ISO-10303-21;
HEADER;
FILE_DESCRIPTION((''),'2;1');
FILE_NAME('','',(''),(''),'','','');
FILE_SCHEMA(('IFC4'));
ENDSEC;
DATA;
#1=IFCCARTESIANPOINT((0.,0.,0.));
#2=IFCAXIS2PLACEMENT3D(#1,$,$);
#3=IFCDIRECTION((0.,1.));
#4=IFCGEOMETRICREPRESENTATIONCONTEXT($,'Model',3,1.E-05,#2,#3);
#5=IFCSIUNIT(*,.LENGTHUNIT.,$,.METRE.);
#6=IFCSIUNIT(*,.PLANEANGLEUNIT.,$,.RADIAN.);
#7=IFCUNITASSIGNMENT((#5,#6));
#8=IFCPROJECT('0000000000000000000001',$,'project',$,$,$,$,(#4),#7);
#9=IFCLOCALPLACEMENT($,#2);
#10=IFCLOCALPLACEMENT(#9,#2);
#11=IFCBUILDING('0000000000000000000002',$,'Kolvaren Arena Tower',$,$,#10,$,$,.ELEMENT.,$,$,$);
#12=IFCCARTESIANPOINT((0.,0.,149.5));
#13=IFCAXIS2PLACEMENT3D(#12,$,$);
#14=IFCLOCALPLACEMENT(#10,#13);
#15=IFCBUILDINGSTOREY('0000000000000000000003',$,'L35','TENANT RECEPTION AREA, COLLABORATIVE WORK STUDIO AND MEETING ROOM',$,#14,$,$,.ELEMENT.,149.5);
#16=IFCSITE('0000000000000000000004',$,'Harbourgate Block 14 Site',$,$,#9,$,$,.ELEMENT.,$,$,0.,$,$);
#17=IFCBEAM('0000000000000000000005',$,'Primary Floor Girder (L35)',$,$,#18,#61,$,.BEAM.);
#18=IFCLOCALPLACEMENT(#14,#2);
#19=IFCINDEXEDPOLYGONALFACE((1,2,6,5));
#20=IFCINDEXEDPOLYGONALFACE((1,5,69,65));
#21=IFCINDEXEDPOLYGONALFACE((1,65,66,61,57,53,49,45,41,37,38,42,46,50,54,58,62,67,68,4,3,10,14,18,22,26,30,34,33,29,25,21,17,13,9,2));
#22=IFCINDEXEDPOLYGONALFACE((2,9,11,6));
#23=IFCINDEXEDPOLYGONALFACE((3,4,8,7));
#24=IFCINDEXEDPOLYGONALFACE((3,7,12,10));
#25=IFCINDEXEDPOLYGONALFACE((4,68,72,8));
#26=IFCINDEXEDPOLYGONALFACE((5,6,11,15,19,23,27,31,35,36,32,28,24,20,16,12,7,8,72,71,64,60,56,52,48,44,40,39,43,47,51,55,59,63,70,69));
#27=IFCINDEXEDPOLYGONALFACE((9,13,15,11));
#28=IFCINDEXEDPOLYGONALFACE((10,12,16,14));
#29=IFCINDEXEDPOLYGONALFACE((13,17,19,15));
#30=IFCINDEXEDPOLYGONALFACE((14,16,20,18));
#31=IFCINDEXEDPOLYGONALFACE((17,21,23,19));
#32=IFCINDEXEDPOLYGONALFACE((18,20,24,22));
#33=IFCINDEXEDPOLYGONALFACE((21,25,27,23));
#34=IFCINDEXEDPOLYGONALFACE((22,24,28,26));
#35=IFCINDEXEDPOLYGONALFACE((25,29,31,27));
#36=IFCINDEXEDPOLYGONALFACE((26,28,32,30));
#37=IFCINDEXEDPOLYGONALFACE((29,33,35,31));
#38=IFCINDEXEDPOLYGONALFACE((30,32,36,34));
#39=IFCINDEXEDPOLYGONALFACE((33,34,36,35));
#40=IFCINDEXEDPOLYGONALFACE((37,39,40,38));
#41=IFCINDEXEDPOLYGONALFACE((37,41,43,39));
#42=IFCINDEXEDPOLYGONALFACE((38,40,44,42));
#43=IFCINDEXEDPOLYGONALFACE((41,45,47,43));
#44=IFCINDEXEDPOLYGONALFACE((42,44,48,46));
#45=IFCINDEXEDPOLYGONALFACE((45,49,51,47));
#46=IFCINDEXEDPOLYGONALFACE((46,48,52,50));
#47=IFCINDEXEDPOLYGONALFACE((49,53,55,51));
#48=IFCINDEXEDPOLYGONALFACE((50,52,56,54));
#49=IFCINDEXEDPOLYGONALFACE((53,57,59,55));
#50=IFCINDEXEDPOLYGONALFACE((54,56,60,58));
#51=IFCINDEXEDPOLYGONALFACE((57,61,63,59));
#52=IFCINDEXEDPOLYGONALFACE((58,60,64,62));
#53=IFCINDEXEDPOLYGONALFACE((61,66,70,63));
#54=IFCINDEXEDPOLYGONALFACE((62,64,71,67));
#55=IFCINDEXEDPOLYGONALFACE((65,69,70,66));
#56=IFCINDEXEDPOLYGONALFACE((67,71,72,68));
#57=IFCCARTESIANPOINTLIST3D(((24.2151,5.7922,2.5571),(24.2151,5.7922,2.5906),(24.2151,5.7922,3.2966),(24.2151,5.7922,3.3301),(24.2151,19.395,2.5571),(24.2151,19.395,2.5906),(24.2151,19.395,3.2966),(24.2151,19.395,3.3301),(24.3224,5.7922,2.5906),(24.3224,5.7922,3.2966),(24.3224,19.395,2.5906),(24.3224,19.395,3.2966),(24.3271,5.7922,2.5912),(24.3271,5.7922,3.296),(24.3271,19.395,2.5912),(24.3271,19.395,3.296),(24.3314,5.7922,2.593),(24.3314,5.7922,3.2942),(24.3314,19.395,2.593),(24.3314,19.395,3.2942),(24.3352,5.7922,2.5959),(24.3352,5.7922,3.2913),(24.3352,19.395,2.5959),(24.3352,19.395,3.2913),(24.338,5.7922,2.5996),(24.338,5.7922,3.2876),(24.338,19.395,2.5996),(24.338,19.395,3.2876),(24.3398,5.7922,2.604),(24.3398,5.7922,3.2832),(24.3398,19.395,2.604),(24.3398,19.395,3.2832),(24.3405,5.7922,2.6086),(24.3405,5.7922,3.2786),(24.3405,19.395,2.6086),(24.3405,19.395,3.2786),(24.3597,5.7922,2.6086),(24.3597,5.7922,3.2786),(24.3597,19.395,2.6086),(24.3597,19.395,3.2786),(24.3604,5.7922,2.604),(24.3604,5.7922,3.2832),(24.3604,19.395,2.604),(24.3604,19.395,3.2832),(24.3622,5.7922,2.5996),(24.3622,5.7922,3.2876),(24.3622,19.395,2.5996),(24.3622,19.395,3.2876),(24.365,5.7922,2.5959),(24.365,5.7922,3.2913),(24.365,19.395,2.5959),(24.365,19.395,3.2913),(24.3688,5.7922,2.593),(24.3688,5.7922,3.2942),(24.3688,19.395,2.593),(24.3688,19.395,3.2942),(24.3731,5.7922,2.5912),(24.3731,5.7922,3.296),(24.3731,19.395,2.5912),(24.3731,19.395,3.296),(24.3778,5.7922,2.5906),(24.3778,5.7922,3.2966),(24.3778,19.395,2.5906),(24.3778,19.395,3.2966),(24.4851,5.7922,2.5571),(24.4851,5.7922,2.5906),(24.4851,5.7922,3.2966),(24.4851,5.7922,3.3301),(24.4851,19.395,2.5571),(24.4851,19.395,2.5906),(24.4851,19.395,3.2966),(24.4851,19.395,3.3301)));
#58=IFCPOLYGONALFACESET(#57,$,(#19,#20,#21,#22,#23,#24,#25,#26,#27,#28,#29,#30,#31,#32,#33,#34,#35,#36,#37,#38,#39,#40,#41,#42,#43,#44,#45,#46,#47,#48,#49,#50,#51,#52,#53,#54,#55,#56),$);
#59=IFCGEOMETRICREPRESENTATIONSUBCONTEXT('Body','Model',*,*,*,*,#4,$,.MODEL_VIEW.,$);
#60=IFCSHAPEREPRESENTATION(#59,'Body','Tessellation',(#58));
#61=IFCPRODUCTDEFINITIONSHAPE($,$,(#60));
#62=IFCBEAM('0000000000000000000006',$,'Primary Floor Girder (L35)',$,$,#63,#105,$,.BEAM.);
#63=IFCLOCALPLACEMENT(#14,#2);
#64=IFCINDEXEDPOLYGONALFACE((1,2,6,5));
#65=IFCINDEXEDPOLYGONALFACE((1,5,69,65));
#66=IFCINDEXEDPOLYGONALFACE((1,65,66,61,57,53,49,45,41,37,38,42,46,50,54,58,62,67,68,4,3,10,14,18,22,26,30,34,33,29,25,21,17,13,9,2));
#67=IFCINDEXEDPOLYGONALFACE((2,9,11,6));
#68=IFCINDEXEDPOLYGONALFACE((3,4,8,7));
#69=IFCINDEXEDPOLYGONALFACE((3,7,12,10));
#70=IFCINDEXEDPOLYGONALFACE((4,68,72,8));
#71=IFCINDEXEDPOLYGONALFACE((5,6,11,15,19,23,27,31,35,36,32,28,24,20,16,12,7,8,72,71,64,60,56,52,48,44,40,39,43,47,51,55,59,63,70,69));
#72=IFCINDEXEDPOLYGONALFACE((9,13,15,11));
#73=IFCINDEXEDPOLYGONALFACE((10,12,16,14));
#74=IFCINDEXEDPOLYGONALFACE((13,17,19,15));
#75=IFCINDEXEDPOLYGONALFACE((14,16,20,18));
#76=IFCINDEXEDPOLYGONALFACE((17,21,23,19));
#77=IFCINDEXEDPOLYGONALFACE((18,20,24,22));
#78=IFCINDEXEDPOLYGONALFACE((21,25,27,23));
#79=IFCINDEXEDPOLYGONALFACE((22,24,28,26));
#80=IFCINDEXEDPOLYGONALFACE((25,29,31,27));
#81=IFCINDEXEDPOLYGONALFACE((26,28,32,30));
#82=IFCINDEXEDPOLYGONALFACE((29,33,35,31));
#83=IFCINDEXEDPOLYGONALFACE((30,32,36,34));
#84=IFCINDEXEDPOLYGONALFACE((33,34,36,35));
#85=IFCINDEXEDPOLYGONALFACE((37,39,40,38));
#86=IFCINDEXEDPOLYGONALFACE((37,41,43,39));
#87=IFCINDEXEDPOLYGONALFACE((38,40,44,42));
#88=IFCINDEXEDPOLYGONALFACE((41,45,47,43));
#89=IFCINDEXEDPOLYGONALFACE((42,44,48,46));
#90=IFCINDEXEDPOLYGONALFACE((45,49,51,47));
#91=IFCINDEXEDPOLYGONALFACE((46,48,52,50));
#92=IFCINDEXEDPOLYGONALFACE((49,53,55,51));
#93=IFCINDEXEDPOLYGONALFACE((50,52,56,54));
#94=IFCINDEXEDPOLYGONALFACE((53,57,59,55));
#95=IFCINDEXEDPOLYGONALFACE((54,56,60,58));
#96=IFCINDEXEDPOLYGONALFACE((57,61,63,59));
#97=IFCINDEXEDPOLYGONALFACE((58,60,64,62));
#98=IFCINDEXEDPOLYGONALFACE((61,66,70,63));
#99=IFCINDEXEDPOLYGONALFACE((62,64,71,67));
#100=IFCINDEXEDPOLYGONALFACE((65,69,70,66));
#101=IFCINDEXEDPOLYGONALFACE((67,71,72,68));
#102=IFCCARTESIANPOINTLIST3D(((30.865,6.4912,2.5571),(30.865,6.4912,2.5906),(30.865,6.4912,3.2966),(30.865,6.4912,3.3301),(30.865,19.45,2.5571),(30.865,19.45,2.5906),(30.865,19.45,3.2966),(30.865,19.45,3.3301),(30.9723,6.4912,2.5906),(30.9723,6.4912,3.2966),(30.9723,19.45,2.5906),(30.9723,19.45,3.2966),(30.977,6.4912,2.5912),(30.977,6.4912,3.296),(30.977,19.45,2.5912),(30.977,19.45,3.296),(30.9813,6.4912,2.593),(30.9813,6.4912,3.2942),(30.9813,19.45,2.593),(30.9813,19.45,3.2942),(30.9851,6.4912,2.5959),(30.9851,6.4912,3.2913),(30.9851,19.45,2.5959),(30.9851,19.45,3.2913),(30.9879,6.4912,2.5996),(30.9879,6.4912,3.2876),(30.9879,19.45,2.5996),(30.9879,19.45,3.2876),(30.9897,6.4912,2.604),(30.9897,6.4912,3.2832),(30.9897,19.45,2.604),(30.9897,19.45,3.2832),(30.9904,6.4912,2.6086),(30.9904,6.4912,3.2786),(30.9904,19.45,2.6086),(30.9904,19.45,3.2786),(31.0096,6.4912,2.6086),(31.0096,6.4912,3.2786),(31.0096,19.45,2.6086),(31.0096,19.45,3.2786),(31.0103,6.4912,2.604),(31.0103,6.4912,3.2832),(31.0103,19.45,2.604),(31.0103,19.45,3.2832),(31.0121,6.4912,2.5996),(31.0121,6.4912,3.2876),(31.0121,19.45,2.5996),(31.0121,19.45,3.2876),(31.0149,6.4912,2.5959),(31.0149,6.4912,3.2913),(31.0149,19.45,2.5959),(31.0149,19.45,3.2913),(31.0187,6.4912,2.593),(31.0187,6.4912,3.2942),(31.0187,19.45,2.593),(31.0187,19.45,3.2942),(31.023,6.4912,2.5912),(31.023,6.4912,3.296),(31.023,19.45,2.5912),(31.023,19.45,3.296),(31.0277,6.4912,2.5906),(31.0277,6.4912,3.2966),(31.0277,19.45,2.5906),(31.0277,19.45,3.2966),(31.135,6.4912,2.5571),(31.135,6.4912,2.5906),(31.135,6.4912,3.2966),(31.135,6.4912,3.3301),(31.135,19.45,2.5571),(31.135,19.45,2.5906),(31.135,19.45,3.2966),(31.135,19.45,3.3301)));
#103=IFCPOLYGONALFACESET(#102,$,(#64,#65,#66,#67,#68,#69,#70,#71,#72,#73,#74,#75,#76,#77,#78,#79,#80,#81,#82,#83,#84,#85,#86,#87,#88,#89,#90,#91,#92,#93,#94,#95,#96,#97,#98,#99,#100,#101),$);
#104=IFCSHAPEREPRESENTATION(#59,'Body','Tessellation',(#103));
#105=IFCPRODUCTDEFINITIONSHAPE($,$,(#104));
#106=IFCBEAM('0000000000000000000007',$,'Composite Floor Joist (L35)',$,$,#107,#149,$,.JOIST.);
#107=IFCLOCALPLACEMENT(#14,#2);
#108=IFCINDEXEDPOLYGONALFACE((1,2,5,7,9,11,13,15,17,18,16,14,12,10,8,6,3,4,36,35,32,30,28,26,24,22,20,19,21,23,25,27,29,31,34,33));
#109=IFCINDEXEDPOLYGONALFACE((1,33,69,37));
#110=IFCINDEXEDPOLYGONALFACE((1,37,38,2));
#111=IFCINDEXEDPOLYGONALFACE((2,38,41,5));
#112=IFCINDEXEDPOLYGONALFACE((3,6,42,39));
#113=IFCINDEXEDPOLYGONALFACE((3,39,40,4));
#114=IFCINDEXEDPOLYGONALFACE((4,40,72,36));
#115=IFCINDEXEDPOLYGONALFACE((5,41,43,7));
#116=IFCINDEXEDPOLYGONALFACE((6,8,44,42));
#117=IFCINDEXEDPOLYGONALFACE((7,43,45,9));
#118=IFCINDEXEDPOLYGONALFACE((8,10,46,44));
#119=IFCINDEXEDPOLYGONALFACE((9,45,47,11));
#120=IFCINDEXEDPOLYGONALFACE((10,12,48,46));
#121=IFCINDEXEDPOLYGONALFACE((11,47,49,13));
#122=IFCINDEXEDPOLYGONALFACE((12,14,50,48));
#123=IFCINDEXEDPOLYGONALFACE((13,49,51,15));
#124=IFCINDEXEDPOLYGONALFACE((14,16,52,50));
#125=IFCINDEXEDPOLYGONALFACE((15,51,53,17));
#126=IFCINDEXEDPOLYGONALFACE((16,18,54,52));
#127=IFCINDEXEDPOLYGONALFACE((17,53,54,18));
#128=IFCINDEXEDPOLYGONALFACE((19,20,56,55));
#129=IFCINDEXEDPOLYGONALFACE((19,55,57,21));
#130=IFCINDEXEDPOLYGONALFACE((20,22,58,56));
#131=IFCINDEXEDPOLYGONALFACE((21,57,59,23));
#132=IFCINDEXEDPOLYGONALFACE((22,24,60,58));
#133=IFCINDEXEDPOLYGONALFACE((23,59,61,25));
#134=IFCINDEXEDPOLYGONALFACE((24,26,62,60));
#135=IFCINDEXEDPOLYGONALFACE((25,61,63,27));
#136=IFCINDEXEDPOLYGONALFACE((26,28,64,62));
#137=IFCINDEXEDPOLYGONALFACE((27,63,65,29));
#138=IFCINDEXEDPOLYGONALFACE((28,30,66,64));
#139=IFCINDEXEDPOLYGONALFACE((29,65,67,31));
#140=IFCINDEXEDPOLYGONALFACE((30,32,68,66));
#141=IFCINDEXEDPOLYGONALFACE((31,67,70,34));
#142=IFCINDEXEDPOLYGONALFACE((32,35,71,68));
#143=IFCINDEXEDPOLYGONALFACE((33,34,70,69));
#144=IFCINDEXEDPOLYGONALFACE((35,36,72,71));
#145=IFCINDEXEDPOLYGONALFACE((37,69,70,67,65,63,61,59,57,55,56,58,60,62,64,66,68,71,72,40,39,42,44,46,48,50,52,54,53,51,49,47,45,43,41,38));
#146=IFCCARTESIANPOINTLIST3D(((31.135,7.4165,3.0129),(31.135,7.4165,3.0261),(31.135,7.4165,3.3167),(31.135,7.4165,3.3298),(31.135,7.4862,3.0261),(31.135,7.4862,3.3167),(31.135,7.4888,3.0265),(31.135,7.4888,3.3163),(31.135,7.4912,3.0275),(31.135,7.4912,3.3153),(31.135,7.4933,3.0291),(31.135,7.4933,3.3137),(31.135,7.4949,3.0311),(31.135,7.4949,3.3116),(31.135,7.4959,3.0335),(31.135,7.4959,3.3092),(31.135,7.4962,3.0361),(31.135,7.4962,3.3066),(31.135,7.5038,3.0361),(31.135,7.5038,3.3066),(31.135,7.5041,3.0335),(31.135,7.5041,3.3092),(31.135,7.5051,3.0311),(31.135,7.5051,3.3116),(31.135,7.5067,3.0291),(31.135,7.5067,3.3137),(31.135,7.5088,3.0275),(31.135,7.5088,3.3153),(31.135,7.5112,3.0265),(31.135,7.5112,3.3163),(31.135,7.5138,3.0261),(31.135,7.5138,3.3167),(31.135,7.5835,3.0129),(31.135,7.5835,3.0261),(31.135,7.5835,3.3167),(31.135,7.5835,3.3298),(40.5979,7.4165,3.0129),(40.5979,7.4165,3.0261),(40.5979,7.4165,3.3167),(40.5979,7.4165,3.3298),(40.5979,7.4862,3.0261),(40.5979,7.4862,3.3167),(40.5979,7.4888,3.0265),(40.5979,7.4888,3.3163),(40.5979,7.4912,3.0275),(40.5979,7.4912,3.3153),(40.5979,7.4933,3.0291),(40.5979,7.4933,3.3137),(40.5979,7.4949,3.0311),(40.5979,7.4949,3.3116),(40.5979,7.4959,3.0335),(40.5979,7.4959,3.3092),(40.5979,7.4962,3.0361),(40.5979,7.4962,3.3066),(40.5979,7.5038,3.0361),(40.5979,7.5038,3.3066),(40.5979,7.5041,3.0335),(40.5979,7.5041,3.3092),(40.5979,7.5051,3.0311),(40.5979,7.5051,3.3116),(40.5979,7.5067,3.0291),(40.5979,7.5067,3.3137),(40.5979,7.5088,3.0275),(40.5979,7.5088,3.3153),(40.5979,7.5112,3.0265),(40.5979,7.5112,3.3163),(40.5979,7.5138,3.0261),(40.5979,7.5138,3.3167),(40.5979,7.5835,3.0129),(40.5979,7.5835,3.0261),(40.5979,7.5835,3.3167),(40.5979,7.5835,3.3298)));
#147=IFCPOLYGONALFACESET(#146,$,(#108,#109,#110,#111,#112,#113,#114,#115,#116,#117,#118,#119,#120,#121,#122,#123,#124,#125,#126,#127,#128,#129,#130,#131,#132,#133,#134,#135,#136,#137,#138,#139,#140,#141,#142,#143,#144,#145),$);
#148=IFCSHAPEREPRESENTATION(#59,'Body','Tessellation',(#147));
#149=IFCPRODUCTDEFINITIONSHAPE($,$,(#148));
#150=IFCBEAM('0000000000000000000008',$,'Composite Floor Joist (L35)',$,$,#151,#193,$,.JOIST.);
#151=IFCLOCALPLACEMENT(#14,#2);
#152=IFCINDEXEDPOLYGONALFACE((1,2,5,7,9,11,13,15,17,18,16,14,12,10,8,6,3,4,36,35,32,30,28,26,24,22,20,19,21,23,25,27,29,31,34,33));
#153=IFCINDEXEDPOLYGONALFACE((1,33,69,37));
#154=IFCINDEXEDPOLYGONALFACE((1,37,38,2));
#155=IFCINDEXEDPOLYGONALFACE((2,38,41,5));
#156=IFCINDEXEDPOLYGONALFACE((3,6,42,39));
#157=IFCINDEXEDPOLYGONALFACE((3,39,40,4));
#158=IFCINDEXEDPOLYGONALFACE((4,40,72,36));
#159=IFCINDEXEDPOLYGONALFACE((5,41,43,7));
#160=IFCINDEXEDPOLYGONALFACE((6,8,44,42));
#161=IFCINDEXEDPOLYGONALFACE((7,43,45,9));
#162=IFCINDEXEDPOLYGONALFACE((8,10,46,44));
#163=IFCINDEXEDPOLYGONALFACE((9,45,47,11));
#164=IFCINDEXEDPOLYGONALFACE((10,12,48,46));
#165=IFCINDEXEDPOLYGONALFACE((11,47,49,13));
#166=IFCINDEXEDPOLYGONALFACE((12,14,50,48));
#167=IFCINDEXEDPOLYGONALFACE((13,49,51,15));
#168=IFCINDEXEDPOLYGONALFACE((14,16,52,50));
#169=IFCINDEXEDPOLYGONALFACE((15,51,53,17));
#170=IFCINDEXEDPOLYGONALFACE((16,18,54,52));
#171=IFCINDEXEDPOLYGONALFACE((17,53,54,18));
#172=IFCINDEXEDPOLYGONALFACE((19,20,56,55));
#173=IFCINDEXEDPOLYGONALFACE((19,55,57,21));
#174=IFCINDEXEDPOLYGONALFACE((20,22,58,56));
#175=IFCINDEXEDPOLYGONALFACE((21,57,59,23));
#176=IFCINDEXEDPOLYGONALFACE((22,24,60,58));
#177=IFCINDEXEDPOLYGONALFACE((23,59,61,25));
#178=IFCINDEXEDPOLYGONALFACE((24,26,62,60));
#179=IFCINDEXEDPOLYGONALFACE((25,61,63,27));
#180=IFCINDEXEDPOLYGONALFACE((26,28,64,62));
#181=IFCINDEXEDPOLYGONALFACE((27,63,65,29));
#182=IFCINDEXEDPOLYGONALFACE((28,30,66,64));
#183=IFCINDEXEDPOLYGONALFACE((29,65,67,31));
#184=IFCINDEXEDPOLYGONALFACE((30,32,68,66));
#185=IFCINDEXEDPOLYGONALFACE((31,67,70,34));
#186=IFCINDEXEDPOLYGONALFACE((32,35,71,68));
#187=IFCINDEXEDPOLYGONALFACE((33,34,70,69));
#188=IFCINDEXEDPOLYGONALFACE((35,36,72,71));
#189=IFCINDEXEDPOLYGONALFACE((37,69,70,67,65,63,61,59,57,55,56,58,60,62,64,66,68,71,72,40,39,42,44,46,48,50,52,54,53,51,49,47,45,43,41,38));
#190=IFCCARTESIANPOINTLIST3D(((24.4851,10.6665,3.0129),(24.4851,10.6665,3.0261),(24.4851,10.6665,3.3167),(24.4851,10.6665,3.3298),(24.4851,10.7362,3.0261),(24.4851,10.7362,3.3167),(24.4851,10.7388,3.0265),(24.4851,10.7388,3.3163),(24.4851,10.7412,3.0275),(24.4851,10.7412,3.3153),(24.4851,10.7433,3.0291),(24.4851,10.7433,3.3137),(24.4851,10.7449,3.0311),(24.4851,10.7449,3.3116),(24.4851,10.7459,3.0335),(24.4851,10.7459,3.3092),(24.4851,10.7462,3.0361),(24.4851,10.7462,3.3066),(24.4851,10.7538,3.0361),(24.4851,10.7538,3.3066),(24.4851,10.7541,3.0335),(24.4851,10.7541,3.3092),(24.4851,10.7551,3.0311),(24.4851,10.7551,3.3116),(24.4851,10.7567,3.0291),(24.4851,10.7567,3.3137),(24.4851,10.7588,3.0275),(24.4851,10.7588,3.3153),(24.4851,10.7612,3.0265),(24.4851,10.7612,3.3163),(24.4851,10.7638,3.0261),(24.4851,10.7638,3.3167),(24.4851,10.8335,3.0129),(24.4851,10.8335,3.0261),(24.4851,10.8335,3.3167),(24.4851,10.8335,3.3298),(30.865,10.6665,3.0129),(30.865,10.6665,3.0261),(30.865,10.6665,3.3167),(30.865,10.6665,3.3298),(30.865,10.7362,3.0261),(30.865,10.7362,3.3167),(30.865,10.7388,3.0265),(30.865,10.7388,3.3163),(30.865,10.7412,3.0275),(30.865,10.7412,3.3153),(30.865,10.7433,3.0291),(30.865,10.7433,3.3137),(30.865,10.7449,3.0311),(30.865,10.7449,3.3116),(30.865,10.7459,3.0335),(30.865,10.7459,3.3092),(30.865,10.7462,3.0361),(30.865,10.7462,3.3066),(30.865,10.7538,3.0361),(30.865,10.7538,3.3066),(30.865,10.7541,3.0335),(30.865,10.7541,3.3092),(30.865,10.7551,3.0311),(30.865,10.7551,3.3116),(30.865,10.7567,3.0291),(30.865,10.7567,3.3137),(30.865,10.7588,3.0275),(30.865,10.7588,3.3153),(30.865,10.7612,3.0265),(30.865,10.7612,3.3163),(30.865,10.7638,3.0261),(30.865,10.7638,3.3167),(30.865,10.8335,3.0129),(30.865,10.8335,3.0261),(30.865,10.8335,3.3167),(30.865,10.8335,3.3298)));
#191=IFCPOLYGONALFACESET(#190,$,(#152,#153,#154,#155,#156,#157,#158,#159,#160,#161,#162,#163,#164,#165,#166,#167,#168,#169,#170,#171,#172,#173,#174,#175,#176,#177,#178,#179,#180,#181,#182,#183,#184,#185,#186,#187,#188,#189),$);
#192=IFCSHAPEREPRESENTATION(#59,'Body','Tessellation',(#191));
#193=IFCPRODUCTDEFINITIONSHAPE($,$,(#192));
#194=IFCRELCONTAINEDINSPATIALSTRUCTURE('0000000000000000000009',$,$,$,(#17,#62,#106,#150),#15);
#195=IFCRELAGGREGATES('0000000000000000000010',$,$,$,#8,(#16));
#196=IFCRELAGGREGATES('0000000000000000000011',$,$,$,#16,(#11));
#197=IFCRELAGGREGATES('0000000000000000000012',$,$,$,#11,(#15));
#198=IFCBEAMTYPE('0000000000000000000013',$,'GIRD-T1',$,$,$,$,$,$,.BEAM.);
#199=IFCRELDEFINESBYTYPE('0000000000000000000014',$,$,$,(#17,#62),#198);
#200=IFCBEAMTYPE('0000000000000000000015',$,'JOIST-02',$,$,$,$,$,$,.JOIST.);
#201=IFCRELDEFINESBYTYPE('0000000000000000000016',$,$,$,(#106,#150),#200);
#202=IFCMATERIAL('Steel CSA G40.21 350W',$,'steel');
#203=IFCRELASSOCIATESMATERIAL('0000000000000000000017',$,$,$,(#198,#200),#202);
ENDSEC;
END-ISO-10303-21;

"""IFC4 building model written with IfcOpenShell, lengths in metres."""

from ifc_helpers import new_model, si_unit, direction, frame, origin, origin_2d, place, context, subcontext, project, spatial, i_section, extrude, material, material_profile, profile_set, type_object, element, save


model = new_model("IFC4")

# Units and contexts
model_context = context("Model", 3, precision=1e-05, world=origin(), true_north=direction((0.0, 1.0)))
body_context = subcontext(model_context, "Body", "Model", "MODEL_VIEW")
ifc_project = project(units=[si_unit("LENGTHUNIT", "METRE"), si_unit("PLANEANGLEUNIT", "RADIAN")], contexts=[model_context])

# Site, building, storey
site_placement = place(None, origin())
site = spatial("IfcSite", under=ifc_project, at=site_placement, Name="Harbourgate Block 14 Site", CompositionType="ELEMENT", RefElevation=0.0)
building_placement = place(site_placement, origin())
building = spatial("IfcBuilding", under=site, at=building_placement, Name="Kolvaren Arena Tower", CompositionType="ELEMENT")
storey_placement = place(building_placement, frame((0.0, 0.0, 149.5)))
storey = spatial("IfcBuildingStorey", under=building, at=storey_placement, Name="L35", Description="TENANT RECEPTION AREA, COLLABORATIVE WORK STUDIO AND MEETING ROOM", CompositionType="ELEMENT", Elevation=149.5)

# Beams
ifc_material_1 = material(Name="Steel CSA G40.21 350W", Category="steel")
ifc_material_profile_1 = material_profile(ifc_material_1, i_section(OverallWidth=0.27, OverallDepth=0.7729, WebThickness=0.0193, FlangeThickness=0.0334, FilletRadius=0.0181, at=origin_2d()), Name="W760x257")
ifc_profile_set_1 = profile_set([ifc_material_profile_1], Name="Steel CSA G40.21 350W")
beam_type_1 = type_object("IfcBeamType", Name="GIRD-T1", PredefinedType="BEAM", material=ifc_profile_set_1)
beam_1_placement = place(storey_placement, frame((24.3501, 5.7922, 2.9436), z_axis=(0.0, 1.0, 0.0), x_axis=(-1.0, 0.0, 0.0)))
element("IfcBeam", 1, at=beam_1_placement, inside=storey, type_object=beam_type_1, Name="Primary Floor Girder (L35)", PredefinedType="BEAM", context=body_context, shape_type="SweptSolid", body=[
    extrude(i_section(OverallWidth=0.27, OverallDepth=0.7729, WebThickness=0.0193, FlangeThickness=0.0334, FilletRadius=0.0181, at=origin_2d()), origin(), (0.0, 0.0, 1.0), 13.6028),
])
beam_2_placement = place(storey_placement, frame((31.0, 6.4912, 2.9436), z_axis=(0.0, 1.0, 0.0), x_axis=(-1.0, 0.0, 0.0)))
element("IfcBeam", 2, at=beam_2_placement, inside=storey, type_object=beam_type_1, Name="Primary Floor Girder (L35)", PredefinedType="BEAM", context=body_context, shape_type="SweptSolid", body=[
    extrude(i_section(OverallWidth=0.27, OverallDepth=0.7729, WebThickness=0.0193, FlangeThickness=0.0334, FilletRadius=0.0181, at=origin_2d()), origin(), (0.0, 0.0, 1.0), 12.9587),
])
ifc_material_profile_2 = material_profile(ifc_material_1, i_section(OverallWidth=0.167, OverallDepth=0.3169, WebThickness=0.0076, FlangeThickness=0.0132, FilletRadius=0.01, at=origin_2d()), Name="W310x52")
ifc_profile_set_2 = profile_set([ifc_material_profile_2], Name="Steel CSA G40.21 350W")
beam_type_2 = type_object("IfcBeamType", Name="JOIST-02", PredefinedType="JOIST", material=ifc_profile_set_2)
beam_3_placement = place(storey_placement, frame((31.135, 7.5, 3.1714), z_axis=(1.0, 0.0, 0.0), x_axis=(0.0, 1.0, 0.0)))
element("IfcBeam", 3, at=beam_3_placement, inside=storey, type_object=beam_type_2, Name="Composite Floor Joist (L35)", PredefinedType="JOIST", context=body_context, shape_type="SweptSolid", body=[
    extrude(i_section(OverallWidth=0.167, OverallDepth=0.3169, WebThickness=0.0076, FlangeThickness=0.0132, FilletRadius=0.01, at=origin_2d()), origin(), (0.0, 0.0, 1.0), 9.4629),
])
beam_4_placement = place(storey_placement, frame((24.4851, 10.75, 3.1714), z_axis=(1.0, 0.0, 0.0), x_axis=(0.0, 1.0, 0.0)))
element("IfcBeam", 4, at=beam_4_placement, inside=storey, type_object=beam_type_2, Name="Composite Floor Joist (L35)", PredefinedType="JOIST", context=body_context, shape_type="SweptSolid", body=[
    extrude(i_section(OverallWidth=0.167, OverallDepth=0.3169, WebThickness=0.0076, FlangeThickness=0.0132, FilletRadius=0.01, at=origin_2d()), origin(), (0.0, 0.0, 1.0), 6.3799),
])

save(model, "model.ifc")
